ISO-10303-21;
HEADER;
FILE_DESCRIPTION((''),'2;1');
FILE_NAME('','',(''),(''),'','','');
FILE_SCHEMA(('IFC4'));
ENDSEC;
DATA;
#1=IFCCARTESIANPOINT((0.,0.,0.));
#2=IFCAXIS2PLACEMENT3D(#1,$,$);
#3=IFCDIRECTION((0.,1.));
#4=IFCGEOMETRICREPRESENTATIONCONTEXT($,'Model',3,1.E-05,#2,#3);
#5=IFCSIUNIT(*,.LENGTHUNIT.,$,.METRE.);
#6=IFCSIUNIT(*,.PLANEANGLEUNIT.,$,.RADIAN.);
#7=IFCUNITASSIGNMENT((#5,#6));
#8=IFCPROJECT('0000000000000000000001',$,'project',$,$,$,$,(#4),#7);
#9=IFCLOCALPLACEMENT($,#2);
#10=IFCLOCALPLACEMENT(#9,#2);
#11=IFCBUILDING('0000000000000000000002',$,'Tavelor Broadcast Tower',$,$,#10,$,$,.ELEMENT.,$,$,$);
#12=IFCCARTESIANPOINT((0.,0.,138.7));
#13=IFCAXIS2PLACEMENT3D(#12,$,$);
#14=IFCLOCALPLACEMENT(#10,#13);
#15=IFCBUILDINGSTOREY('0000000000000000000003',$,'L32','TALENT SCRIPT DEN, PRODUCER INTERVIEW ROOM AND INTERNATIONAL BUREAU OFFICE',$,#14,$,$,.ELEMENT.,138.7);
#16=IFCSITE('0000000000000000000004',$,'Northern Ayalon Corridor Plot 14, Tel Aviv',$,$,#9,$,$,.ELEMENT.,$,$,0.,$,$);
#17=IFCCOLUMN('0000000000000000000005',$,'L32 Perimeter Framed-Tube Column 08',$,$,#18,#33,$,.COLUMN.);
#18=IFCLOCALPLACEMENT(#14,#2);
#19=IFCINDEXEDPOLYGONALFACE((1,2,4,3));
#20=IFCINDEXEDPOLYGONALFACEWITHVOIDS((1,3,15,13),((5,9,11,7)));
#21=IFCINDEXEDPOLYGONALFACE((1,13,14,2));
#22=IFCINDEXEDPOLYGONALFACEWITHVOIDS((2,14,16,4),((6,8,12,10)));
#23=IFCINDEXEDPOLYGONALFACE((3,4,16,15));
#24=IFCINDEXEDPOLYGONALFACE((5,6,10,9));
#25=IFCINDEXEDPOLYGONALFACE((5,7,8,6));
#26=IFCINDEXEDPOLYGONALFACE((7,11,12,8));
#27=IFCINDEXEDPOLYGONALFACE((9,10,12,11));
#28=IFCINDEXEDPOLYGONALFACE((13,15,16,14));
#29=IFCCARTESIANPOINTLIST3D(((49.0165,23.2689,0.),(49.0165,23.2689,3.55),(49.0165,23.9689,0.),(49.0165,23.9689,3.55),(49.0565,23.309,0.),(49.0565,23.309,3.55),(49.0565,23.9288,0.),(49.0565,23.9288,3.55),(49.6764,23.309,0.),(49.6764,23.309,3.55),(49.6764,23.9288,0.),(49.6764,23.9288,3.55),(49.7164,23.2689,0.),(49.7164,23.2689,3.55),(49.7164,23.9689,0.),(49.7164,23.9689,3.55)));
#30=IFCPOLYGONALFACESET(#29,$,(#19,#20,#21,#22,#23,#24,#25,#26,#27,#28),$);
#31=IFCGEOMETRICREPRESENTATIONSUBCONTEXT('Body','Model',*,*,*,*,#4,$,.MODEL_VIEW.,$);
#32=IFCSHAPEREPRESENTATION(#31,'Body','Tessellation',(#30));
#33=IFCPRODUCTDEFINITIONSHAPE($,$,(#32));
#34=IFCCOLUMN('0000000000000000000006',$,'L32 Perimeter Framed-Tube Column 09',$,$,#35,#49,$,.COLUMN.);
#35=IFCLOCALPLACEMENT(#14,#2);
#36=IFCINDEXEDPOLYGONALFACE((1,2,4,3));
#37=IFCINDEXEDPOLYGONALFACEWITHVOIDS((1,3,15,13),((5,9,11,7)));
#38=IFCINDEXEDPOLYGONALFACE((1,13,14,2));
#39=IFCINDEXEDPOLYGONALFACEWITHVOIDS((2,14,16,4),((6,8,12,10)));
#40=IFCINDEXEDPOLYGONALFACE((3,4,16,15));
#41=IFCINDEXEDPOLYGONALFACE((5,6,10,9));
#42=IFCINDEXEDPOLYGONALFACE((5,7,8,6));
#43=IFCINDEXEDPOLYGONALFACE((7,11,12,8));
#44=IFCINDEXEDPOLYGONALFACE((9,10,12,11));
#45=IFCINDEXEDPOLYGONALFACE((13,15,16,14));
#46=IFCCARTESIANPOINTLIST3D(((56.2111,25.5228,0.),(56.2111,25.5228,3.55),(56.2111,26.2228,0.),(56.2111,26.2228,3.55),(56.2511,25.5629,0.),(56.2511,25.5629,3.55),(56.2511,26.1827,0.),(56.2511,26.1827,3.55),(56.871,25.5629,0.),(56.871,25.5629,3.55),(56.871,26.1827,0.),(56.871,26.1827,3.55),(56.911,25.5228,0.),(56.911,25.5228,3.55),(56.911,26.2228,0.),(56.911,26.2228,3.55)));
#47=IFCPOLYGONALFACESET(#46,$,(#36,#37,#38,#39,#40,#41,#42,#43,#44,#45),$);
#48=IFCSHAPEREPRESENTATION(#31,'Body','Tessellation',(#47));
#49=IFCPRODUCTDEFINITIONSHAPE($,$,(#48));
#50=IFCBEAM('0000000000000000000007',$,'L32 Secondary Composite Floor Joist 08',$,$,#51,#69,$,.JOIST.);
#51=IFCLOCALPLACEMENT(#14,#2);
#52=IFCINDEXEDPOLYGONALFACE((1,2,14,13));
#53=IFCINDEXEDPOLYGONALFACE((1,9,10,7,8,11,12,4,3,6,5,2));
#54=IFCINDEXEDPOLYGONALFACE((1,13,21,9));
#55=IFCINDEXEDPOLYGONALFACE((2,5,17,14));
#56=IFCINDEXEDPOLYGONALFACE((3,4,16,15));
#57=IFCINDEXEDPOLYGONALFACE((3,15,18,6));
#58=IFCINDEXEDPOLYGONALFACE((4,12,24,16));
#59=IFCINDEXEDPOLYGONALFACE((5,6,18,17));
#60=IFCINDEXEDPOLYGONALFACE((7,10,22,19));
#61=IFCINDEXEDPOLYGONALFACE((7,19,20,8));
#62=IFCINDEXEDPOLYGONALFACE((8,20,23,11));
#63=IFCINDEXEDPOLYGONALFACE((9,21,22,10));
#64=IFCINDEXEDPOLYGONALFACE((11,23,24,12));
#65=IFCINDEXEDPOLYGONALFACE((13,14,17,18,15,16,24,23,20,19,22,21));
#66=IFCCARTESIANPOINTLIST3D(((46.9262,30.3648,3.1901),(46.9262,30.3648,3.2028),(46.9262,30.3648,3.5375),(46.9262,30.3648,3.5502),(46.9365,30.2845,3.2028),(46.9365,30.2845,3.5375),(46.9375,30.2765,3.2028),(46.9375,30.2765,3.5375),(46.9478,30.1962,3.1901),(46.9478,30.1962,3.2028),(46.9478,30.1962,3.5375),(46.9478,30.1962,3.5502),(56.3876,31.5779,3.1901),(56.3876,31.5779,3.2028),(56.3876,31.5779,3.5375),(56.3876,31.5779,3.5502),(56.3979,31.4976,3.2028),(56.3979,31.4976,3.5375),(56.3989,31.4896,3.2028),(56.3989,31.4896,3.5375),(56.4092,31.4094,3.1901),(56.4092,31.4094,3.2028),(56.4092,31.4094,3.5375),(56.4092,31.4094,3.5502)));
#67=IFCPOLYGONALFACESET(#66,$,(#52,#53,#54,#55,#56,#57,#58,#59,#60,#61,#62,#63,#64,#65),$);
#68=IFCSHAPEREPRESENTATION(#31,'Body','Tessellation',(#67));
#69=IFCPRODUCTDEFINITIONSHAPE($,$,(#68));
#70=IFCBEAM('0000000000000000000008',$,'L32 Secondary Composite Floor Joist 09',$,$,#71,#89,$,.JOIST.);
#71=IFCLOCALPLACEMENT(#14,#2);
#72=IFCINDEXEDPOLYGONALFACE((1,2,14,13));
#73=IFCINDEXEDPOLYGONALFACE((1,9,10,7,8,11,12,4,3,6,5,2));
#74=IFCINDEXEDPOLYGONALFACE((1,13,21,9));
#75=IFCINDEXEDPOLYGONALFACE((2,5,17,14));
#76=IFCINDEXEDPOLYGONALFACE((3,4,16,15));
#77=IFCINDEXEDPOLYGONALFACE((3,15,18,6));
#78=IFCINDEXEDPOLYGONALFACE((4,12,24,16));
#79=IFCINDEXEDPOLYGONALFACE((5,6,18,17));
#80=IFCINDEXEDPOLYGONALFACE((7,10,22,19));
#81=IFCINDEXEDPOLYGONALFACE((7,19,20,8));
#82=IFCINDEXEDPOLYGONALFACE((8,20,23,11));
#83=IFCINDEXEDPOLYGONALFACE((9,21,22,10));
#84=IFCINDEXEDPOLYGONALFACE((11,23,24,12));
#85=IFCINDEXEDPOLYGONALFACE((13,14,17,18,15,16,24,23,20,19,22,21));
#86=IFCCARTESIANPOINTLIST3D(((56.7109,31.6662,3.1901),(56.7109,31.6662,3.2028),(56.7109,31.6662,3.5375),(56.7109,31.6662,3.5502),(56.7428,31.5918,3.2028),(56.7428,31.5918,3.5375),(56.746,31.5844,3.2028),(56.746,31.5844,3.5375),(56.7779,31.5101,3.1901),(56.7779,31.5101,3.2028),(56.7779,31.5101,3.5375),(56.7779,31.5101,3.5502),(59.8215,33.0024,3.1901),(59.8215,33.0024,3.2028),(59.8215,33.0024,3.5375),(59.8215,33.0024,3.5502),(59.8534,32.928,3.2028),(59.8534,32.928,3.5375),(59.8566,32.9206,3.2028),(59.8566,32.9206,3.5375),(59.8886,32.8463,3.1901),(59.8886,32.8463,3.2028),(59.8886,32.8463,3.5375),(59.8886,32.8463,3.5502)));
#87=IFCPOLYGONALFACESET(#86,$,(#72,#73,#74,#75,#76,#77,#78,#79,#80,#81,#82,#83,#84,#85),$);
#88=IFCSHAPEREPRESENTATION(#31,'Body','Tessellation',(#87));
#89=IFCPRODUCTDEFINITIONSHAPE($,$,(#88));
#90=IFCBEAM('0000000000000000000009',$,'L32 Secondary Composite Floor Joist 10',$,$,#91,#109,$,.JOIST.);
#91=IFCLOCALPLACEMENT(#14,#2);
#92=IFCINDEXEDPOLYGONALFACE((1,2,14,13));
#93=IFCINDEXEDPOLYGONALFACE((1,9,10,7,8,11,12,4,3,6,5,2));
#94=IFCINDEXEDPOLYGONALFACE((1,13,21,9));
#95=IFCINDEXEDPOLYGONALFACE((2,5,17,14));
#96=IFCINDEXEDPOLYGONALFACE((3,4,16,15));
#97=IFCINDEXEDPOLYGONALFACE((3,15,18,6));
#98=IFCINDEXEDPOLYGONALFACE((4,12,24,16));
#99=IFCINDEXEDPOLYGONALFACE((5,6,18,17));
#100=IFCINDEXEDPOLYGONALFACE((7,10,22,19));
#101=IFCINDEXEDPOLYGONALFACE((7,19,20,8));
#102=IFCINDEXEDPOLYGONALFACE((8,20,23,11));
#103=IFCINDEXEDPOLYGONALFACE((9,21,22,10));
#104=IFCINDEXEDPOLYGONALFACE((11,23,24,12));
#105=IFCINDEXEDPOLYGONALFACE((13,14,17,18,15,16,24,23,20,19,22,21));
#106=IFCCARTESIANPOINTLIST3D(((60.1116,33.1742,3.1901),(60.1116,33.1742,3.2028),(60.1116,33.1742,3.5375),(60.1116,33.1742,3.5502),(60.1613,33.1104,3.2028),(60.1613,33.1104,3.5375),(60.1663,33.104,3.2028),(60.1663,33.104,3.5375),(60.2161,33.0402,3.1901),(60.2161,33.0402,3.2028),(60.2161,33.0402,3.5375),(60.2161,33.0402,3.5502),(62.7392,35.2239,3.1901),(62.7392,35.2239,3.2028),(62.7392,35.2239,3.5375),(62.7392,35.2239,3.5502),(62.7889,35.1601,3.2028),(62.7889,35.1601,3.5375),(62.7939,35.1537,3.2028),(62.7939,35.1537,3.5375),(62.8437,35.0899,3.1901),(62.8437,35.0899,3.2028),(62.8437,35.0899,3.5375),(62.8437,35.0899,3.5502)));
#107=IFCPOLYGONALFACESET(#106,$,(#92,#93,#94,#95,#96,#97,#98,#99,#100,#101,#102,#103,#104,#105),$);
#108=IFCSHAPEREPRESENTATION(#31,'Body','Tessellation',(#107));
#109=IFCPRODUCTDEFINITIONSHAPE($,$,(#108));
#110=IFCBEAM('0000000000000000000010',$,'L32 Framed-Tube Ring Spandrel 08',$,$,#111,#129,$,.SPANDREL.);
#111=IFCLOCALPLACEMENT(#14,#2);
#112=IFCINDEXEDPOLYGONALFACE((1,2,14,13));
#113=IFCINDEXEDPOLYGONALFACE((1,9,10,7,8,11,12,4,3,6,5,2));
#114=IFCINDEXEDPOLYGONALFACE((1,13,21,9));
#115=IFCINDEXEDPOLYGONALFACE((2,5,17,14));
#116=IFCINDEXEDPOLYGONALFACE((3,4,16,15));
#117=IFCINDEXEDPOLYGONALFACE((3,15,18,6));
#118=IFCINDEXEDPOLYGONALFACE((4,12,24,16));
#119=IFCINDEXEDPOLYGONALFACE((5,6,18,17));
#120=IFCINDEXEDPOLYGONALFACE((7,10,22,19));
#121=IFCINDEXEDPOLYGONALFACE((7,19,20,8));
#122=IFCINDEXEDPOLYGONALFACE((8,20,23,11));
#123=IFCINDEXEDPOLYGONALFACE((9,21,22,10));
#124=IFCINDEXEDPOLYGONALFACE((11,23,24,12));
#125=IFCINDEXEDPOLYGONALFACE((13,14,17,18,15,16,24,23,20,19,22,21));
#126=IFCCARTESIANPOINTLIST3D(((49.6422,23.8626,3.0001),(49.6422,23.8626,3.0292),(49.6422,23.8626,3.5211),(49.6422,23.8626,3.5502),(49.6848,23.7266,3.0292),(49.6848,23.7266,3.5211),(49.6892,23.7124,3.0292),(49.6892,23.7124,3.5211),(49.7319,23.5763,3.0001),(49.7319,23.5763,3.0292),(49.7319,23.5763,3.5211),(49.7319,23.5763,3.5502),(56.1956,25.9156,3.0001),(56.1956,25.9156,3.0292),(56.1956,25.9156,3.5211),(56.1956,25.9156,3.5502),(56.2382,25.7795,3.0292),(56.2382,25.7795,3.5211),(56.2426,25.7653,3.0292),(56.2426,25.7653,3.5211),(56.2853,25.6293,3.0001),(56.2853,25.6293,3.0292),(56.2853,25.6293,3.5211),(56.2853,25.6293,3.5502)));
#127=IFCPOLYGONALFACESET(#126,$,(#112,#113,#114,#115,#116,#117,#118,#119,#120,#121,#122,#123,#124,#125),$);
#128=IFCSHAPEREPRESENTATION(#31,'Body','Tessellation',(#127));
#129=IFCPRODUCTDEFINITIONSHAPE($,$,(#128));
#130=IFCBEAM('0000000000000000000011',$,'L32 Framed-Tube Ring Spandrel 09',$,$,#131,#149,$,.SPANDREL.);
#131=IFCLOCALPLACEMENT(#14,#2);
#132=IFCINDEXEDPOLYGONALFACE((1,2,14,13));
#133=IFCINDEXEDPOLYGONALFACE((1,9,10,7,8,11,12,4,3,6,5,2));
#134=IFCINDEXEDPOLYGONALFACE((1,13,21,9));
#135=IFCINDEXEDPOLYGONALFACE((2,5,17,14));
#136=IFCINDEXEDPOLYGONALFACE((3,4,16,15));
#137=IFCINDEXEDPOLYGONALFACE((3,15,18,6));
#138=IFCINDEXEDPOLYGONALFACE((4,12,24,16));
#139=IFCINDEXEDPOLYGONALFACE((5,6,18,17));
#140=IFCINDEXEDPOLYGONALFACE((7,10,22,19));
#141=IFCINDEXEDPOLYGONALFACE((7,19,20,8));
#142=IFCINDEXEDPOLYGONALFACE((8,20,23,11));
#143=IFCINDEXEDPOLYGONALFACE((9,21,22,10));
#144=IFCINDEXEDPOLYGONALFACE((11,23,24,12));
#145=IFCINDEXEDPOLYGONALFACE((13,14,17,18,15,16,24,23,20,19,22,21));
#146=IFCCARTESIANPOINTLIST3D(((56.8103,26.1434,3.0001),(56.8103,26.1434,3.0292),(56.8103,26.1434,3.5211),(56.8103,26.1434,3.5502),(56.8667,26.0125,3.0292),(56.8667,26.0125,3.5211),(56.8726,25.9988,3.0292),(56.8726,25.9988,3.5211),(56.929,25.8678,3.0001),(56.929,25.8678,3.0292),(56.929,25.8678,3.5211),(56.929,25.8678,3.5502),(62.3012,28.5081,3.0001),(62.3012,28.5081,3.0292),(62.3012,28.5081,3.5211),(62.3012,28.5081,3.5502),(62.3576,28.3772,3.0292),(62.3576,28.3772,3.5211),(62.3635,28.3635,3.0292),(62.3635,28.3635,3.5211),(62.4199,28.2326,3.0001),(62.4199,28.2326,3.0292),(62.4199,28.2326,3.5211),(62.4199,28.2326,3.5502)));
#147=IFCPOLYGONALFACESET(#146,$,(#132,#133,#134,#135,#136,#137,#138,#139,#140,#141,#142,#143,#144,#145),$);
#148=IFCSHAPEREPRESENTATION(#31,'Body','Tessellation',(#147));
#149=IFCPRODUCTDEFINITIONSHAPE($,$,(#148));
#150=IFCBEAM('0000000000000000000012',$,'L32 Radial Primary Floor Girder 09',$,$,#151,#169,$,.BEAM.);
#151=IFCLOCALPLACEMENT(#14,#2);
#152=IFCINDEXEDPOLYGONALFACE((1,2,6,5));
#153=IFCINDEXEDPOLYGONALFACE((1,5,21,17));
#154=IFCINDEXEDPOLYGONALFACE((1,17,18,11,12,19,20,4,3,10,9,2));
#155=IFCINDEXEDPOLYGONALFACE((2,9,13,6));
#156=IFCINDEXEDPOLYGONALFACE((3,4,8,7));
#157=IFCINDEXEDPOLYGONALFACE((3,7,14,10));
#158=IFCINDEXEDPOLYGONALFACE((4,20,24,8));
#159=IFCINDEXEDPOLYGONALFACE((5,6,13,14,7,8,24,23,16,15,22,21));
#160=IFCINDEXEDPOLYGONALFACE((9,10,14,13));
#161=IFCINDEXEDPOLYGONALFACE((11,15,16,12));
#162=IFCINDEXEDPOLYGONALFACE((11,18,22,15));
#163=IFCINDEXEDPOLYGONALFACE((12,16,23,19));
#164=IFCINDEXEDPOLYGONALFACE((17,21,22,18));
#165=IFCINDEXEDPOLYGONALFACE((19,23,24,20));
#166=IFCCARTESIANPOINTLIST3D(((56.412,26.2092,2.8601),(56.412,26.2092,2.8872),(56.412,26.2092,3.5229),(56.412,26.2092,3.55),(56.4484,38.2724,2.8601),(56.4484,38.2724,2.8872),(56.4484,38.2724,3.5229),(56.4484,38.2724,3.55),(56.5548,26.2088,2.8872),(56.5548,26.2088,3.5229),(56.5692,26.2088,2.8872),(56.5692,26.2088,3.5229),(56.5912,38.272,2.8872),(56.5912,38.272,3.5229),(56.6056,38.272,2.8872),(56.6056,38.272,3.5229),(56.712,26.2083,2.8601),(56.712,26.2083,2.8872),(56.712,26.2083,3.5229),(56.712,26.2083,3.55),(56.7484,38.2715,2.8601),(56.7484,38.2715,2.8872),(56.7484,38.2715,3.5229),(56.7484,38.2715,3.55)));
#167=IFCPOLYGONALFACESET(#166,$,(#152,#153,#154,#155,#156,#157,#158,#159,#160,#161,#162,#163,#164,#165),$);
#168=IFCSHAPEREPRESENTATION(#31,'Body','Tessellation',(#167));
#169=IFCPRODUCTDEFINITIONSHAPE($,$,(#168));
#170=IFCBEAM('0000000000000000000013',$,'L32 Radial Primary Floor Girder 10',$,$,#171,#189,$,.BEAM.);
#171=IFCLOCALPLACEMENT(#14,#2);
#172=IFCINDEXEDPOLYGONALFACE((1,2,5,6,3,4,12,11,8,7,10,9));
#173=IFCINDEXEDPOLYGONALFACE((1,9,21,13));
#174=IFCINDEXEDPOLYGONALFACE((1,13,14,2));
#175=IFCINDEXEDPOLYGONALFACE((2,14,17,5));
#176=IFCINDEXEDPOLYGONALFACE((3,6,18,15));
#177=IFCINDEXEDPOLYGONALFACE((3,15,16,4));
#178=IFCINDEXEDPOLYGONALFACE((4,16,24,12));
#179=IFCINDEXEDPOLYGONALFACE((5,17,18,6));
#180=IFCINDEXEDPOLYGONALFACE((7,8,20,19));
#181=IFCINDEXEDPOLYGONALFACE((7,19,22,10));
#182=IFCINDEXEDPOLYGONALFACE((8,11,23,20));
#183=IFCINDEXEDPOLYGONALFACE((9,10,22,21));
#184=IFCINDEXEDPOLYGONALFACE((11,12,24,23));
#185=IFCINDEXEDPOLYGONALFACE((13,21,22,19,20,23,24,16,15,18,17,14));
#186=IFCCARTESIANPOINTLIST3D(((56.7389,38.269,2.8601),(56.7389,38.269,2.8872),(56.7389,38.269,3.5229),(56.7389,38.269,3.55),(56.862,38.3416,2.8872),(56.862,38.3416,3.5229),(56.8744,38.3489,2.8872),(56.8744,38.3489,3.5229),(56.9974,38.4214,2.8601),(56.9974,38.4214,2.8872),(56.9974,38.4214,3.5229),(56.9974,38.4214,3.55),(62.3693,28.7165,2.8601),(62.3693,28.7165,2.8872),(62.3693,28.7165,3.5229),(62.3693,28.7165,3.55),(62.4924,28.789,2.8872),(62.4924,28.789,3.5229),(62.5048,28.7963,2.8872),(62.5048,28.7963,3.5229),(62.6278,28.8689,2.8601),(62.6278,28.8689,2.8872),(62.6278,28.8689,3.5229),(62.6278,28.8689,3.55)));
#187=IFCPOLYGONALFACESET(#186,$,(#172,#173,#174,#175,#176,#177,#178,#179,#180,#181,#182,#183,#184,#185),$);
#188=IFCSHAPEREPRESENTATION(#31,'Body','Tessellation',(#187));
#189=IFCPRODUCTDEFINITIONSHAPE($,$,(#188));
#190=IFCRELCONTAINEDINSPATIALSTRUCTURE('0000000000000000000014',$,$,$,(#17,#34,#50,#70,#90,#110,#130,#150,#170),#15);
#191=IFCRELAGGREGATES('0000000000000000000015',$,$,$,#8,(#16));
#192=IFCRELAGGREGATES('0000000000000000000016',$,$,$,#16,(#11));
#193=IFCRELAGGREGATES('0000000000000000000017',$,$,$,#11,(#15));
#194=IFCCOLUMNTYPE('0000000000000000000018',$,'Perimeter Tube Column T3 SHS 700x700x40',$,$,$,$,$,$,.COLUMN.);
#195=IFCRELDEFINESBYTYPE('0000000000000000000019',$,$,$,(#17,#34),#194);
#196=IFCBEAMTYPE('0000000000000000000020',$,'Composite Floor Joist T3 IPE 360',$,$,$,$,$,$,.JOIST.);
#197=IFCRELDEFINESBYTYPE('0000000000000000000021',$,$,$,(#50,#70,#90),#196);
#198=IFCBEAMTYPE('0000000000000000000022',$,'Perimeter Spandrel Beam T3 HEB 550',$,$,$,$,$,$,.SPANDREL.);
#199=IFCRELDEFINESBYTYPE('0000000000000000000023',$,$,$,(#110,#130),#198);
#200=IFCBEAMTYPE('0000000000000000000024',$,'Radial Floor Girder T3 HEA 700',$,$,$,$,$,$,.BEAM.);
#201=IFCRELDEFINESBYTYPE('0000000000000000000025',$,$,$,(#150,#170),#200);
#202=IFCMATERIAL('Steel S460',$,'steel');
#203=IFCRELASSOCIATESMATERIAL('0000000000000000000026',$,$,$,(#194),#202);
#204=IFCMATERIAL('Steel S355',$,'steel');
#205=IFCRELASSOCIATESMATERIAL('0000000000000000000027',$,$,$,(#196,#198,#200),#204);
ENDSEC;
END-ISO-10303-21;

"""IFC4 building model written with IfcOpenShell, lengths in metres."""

from ifc_helpers import new_model, si_unit, direction, frame, origin, origin_2d, place, context, subcontext, project, spatial, hollow_rectangle, i_section, extrude, material, material_profile, profile_set, type_object, element, save


model = new_model("IFC4")

# Units and contexts
model_context = context("Model", 3, precision=1e-05, world=origin(), true_north=direction((0.0, 1.0)))
body_context = subcontext(model_context, "Body", "Model", "MODEL_VIEW")
ifc_project = project(units=[si_unit("LENGTHUNIT", "METRE"), si_unit("PLANEANGLEUNIT", "RADIAN")], contexts=[model_context])

# Site, building, storey
site_placement = place(None, origin())
site = spatial("IfcSite", under=ifc_project, at=site_placement, Name="Northern Ayalon Corridor Plot 14, Tel Aviv", CompositionType="ELEMENT", RefElevation=0.0)
building_placement = place(site_placement, origin())
building = spatial("IfcBuilding", under=site, at=building_placement, Name="Tavelor Broadcast Tower", CompositionType="ELEMENT")
storey_placement = place(building_placement, frame((0.0, 0.0, 138.7)))
storey = spatial("IfcBuildingStorey", under=building, at=storey_placement, Name="L32", Description="TALENT SCRIPT DEN, PRODUCER INTERVIEW ROOM AND INTERNATIONAL BUREAU OFFICE", CompositionType="ELEMENT", Elevation=138.7)

# Columns
ifc_material_1 = material(Name="Steel S460", Category="steel")
ifc_material_profile_1 = material_profile(ifc_material_1, hollow_rectangle(XDim=0.7, YDim=0.7, WallThickness=0.04, at=origin_2d()), Name="SHS 700x700x40")
ifc_profile_set_1 = profile_set([ifc_material_profile_1], Name="Steel S460")
column_type = type_object("IfcColumnType", Name="Perimeter Tube Column T3 SHS 700x700x40", PredefinedType="COLUMN", material=ifc_profile_set_1)
for number, where, z_axis, x_axis, name in (
    (1, (49.3665, 23.6189, 0.0), (0.0, 0.0, 1.0), (1.0, 0.0, 0.0), "L32 Perimeter Framed-Tube Column 08"),
    (2, (56.561, 25.8728, 0.0), (0.0, 0.0, 1.0), (1.0, 0.0, 0.0), "L32 Perimeter Framed-Tube Column 09"),
):
    element("IfcColumn", number, at=place(storey_placement, frame(where, z_axis=z_axis, x_axis=x_axis)), inside=storey, type_object=column_type, Name=name, PredefinedType="COLUMN", context=body_context, shape_type="SweptSolid", body=[
        extrude(hollow_rectangle(XDim=0.7, YDim=0.7, WallThickness=0.04, at=origin_2d()), origin(), (0.0, 0.0, 1.0), 3.55),
    ])

# Beams
ifc_material_2 = material(Name="Steel S355", Category="steel")
ifc_material_profile_2 = material_profile(ifc_material_2, i_section(OverallWidth=0.1699, OverallDepth=0.3601, WebThickness=0.0081, FlangeThickness=0.0127, at=origin_2d()), Name="IPE 360")
ifc_profile_set_2 = profile_set([ifc_material_profile_2], Name="Steel S355")
beam_type_1 = type_object("IfcBeamType", Name="Composite Floor Joist T3 IPE 360", PredefinedType="JOIST", material=ifc_profile_set_2)
beam_1_placement = place(storey_placement, frame((46.937, 30.2805, 3.3701), z_axis=(0.99188, 0.127178, 0.0), x_axis=(-0.127178, 0.99188, 0.0)))
element("IfcBeam", 3, at=beam_1_placement, inside=storey, type_object=beam_type_1, Name="L32 Secondary Composite Floor Joist 08", PredefinedType="JOIST", context=body_context, shape_type="SweptSolid", body=[
    extrude(i_section(OverallWidth=0.1699, OverallDepth=0.3601, WebThickness=0.0081, FlangeThickness=0.0127, at=origin_2d()), origin(), (0.0, 0.0, 1.0), 9.5388),
])
beam_2_placement = place(storey_placement, frame((56.7444, 31.5881, 3.3701), z_axis=(0.918816, 0.394685, 0.0), x_axis=(-0.394685, 0.918816, 0.0)))
element("IfcBeam", 4, at=beam_2_placement, inside=storey, type_object=beam_type_1, Name="L32 Secondary Composite Floor Joist 09", PredefinedType="JOIST", context=body_context, shape_type="SweptSolid", body=[
    extrude(i_section(OverallWidth=0.1699, OverallDepth=0.3601, WebThickness=0.0081, FlangeThickness=0.0127, at=origin_2d()), origin(), (0.0, 0.0, 1.0), 3.3855),
])
beam_3_placement = place(storey_placement, frame((60.1638, 33.1072, 3.3701), z_axis=(0.788472, 0.615071, 0.0), x_axis=(-0.615071, 0.788472, 0.0)))
element("IfcBeam", 5, at=beam_3_placement, inside=storey, type_object=beam_type_1, Name="L32 Secondary Composite Floor Joist 10", PredefinedType="JOIST", context=body_context, shape_type="SweptSolid", body=[
    extrude(i_section(OverallWidth=0.1699, OverallDepth=0.3601, WebThickness=0.0081, FlangeThickness=0.0127, at=origin_2d()), origin(), (0.0, 0.0, 1.0), 3.3325),
])
ifc_material_profile_3 = material_profile(ifc_material_2, i_section(OverallWidth=0.3, OverallDepth=0.55, WebThickness=0.0149, FlangeThickness=0.0291, at=origin_2d()), Name="HEB 550")
ifc_profile_set_3 = profile_set([ifc_material_profile_3], Name="Steel S355")
beam_type_2 = type_object("IfcBeamType", Name="Perimeter Spandrel Beam T3 HEB 550", PredefinedType="SPANDREL", material=ifc_profile_set_3)
beam_4_placement = place(storey_placement, frame((49.687, 23.7195, 3.2751), z_axis=(0.954272, 0.298941, 0.0), x_axis=(-0.298941, 0.954272, 0.0)))
element("IfcBeam", 6, at=beam_4_placement, inside=storey, type_object=beam_type_2, Name="L32 Framed-Tube Ring Spandrel 08", PredefinedType="SPANDREL", context=body_context, shape_type="SweptSolid", body=[
    extrude(i_section(OverallWidth=0.3, OverallDepth=0.55, WebThickness=0.0149, FlangeThickness=0.0291, at=origin_2d()), origin(), (0.0, 0.0, 1.0), 6.8674),
])
beam_5_placement = place(storey_placement, frame((56.8696, 26.0056, 3.2751), z_axis=(0.918449, 0.39554, 0.0), x_axis=(-0.39554, 0.918449, 0.0)))
element("IfcBeam", 7, at=beam_5_placement, inside=storey, type_object=beam_type_2, Name="L32 Framed-Tube Ring Spandrel 09", PredefinedType="SPANDREL", context=body_context, shape_type="SweptSolid", body=[
    extrude(i_section(OverallWidth=0.3, OverallDepth=0.55, WebThickness=0.0149, FlangeThickness=0.0291, at=origin_2d()), origin(), (0.0, 0.0, 1.0), 5.9785),
])
ifc_material_profile_4 = material_profile(ifc_material_2, i_section(OverallWidth=0.3, OverallDepth=0.6899, WebThickness=0.0144, FlangeThickness=0.0271, at=origin_2d()), Name="HEA 700")
ifc_profile_set_4 = profile_set([ifc_material_profile_4], Name="Steel S355")
beam_type_3 = type_object("IfcBeamType", Name="Radial Floor Girder T3 HEA 700", PredefinedType="BEAM", material=ifc_profile_set_4)
beam_6_placement = place(storey_placement, frame((56.5984, 38.272, 3.2051), z_axis=(-0.003016, -0.999995, 0.0), x_axis=(0.999995, -0.003016, 0.0)))
element("IfcBeam", 8, at=beam_6_placement, inside=storey, type_object=beam_type_3, Name="L32 Radial Primary Floor Girder 09", PredefinedType="BEAM", context=body_context, shape_type="SweptSolid", body=[
    extrude(i_section(OverallWidth=0.3, OverallDepth=0.6899, WebThickness=0.0144, FlangeThickness=0.0271, at=origin_2d()), origin(), (0.0, 0.0, 1.0), 12.0632),
])
beam_7_placement = place(storey_placement, frame((56.8682, 38.3452, 3.2051), z_axis=(0.507774, -0.86149, 0.0), x_axis=(0.86149, 0.507774, 0.0)))
element("IfcBeam", 9, at=beam_7_placement, inside=storey, type_object=beam_type_3, Name="L32 Radial Primary Floor Girder 10", PredefinedType="BEAM", context=body_context, shape_type="SweptSolid", body=[
    extrude(i_section(OverallWidth=0.3, OverallDepth=0.6899, WebThickness=0.0144, FlangeThickness=0.0271, at=origin_2d()), origin(), (0.0, 0.0, 1.0), 11.0884),
])

save(model, "model.ifc")
